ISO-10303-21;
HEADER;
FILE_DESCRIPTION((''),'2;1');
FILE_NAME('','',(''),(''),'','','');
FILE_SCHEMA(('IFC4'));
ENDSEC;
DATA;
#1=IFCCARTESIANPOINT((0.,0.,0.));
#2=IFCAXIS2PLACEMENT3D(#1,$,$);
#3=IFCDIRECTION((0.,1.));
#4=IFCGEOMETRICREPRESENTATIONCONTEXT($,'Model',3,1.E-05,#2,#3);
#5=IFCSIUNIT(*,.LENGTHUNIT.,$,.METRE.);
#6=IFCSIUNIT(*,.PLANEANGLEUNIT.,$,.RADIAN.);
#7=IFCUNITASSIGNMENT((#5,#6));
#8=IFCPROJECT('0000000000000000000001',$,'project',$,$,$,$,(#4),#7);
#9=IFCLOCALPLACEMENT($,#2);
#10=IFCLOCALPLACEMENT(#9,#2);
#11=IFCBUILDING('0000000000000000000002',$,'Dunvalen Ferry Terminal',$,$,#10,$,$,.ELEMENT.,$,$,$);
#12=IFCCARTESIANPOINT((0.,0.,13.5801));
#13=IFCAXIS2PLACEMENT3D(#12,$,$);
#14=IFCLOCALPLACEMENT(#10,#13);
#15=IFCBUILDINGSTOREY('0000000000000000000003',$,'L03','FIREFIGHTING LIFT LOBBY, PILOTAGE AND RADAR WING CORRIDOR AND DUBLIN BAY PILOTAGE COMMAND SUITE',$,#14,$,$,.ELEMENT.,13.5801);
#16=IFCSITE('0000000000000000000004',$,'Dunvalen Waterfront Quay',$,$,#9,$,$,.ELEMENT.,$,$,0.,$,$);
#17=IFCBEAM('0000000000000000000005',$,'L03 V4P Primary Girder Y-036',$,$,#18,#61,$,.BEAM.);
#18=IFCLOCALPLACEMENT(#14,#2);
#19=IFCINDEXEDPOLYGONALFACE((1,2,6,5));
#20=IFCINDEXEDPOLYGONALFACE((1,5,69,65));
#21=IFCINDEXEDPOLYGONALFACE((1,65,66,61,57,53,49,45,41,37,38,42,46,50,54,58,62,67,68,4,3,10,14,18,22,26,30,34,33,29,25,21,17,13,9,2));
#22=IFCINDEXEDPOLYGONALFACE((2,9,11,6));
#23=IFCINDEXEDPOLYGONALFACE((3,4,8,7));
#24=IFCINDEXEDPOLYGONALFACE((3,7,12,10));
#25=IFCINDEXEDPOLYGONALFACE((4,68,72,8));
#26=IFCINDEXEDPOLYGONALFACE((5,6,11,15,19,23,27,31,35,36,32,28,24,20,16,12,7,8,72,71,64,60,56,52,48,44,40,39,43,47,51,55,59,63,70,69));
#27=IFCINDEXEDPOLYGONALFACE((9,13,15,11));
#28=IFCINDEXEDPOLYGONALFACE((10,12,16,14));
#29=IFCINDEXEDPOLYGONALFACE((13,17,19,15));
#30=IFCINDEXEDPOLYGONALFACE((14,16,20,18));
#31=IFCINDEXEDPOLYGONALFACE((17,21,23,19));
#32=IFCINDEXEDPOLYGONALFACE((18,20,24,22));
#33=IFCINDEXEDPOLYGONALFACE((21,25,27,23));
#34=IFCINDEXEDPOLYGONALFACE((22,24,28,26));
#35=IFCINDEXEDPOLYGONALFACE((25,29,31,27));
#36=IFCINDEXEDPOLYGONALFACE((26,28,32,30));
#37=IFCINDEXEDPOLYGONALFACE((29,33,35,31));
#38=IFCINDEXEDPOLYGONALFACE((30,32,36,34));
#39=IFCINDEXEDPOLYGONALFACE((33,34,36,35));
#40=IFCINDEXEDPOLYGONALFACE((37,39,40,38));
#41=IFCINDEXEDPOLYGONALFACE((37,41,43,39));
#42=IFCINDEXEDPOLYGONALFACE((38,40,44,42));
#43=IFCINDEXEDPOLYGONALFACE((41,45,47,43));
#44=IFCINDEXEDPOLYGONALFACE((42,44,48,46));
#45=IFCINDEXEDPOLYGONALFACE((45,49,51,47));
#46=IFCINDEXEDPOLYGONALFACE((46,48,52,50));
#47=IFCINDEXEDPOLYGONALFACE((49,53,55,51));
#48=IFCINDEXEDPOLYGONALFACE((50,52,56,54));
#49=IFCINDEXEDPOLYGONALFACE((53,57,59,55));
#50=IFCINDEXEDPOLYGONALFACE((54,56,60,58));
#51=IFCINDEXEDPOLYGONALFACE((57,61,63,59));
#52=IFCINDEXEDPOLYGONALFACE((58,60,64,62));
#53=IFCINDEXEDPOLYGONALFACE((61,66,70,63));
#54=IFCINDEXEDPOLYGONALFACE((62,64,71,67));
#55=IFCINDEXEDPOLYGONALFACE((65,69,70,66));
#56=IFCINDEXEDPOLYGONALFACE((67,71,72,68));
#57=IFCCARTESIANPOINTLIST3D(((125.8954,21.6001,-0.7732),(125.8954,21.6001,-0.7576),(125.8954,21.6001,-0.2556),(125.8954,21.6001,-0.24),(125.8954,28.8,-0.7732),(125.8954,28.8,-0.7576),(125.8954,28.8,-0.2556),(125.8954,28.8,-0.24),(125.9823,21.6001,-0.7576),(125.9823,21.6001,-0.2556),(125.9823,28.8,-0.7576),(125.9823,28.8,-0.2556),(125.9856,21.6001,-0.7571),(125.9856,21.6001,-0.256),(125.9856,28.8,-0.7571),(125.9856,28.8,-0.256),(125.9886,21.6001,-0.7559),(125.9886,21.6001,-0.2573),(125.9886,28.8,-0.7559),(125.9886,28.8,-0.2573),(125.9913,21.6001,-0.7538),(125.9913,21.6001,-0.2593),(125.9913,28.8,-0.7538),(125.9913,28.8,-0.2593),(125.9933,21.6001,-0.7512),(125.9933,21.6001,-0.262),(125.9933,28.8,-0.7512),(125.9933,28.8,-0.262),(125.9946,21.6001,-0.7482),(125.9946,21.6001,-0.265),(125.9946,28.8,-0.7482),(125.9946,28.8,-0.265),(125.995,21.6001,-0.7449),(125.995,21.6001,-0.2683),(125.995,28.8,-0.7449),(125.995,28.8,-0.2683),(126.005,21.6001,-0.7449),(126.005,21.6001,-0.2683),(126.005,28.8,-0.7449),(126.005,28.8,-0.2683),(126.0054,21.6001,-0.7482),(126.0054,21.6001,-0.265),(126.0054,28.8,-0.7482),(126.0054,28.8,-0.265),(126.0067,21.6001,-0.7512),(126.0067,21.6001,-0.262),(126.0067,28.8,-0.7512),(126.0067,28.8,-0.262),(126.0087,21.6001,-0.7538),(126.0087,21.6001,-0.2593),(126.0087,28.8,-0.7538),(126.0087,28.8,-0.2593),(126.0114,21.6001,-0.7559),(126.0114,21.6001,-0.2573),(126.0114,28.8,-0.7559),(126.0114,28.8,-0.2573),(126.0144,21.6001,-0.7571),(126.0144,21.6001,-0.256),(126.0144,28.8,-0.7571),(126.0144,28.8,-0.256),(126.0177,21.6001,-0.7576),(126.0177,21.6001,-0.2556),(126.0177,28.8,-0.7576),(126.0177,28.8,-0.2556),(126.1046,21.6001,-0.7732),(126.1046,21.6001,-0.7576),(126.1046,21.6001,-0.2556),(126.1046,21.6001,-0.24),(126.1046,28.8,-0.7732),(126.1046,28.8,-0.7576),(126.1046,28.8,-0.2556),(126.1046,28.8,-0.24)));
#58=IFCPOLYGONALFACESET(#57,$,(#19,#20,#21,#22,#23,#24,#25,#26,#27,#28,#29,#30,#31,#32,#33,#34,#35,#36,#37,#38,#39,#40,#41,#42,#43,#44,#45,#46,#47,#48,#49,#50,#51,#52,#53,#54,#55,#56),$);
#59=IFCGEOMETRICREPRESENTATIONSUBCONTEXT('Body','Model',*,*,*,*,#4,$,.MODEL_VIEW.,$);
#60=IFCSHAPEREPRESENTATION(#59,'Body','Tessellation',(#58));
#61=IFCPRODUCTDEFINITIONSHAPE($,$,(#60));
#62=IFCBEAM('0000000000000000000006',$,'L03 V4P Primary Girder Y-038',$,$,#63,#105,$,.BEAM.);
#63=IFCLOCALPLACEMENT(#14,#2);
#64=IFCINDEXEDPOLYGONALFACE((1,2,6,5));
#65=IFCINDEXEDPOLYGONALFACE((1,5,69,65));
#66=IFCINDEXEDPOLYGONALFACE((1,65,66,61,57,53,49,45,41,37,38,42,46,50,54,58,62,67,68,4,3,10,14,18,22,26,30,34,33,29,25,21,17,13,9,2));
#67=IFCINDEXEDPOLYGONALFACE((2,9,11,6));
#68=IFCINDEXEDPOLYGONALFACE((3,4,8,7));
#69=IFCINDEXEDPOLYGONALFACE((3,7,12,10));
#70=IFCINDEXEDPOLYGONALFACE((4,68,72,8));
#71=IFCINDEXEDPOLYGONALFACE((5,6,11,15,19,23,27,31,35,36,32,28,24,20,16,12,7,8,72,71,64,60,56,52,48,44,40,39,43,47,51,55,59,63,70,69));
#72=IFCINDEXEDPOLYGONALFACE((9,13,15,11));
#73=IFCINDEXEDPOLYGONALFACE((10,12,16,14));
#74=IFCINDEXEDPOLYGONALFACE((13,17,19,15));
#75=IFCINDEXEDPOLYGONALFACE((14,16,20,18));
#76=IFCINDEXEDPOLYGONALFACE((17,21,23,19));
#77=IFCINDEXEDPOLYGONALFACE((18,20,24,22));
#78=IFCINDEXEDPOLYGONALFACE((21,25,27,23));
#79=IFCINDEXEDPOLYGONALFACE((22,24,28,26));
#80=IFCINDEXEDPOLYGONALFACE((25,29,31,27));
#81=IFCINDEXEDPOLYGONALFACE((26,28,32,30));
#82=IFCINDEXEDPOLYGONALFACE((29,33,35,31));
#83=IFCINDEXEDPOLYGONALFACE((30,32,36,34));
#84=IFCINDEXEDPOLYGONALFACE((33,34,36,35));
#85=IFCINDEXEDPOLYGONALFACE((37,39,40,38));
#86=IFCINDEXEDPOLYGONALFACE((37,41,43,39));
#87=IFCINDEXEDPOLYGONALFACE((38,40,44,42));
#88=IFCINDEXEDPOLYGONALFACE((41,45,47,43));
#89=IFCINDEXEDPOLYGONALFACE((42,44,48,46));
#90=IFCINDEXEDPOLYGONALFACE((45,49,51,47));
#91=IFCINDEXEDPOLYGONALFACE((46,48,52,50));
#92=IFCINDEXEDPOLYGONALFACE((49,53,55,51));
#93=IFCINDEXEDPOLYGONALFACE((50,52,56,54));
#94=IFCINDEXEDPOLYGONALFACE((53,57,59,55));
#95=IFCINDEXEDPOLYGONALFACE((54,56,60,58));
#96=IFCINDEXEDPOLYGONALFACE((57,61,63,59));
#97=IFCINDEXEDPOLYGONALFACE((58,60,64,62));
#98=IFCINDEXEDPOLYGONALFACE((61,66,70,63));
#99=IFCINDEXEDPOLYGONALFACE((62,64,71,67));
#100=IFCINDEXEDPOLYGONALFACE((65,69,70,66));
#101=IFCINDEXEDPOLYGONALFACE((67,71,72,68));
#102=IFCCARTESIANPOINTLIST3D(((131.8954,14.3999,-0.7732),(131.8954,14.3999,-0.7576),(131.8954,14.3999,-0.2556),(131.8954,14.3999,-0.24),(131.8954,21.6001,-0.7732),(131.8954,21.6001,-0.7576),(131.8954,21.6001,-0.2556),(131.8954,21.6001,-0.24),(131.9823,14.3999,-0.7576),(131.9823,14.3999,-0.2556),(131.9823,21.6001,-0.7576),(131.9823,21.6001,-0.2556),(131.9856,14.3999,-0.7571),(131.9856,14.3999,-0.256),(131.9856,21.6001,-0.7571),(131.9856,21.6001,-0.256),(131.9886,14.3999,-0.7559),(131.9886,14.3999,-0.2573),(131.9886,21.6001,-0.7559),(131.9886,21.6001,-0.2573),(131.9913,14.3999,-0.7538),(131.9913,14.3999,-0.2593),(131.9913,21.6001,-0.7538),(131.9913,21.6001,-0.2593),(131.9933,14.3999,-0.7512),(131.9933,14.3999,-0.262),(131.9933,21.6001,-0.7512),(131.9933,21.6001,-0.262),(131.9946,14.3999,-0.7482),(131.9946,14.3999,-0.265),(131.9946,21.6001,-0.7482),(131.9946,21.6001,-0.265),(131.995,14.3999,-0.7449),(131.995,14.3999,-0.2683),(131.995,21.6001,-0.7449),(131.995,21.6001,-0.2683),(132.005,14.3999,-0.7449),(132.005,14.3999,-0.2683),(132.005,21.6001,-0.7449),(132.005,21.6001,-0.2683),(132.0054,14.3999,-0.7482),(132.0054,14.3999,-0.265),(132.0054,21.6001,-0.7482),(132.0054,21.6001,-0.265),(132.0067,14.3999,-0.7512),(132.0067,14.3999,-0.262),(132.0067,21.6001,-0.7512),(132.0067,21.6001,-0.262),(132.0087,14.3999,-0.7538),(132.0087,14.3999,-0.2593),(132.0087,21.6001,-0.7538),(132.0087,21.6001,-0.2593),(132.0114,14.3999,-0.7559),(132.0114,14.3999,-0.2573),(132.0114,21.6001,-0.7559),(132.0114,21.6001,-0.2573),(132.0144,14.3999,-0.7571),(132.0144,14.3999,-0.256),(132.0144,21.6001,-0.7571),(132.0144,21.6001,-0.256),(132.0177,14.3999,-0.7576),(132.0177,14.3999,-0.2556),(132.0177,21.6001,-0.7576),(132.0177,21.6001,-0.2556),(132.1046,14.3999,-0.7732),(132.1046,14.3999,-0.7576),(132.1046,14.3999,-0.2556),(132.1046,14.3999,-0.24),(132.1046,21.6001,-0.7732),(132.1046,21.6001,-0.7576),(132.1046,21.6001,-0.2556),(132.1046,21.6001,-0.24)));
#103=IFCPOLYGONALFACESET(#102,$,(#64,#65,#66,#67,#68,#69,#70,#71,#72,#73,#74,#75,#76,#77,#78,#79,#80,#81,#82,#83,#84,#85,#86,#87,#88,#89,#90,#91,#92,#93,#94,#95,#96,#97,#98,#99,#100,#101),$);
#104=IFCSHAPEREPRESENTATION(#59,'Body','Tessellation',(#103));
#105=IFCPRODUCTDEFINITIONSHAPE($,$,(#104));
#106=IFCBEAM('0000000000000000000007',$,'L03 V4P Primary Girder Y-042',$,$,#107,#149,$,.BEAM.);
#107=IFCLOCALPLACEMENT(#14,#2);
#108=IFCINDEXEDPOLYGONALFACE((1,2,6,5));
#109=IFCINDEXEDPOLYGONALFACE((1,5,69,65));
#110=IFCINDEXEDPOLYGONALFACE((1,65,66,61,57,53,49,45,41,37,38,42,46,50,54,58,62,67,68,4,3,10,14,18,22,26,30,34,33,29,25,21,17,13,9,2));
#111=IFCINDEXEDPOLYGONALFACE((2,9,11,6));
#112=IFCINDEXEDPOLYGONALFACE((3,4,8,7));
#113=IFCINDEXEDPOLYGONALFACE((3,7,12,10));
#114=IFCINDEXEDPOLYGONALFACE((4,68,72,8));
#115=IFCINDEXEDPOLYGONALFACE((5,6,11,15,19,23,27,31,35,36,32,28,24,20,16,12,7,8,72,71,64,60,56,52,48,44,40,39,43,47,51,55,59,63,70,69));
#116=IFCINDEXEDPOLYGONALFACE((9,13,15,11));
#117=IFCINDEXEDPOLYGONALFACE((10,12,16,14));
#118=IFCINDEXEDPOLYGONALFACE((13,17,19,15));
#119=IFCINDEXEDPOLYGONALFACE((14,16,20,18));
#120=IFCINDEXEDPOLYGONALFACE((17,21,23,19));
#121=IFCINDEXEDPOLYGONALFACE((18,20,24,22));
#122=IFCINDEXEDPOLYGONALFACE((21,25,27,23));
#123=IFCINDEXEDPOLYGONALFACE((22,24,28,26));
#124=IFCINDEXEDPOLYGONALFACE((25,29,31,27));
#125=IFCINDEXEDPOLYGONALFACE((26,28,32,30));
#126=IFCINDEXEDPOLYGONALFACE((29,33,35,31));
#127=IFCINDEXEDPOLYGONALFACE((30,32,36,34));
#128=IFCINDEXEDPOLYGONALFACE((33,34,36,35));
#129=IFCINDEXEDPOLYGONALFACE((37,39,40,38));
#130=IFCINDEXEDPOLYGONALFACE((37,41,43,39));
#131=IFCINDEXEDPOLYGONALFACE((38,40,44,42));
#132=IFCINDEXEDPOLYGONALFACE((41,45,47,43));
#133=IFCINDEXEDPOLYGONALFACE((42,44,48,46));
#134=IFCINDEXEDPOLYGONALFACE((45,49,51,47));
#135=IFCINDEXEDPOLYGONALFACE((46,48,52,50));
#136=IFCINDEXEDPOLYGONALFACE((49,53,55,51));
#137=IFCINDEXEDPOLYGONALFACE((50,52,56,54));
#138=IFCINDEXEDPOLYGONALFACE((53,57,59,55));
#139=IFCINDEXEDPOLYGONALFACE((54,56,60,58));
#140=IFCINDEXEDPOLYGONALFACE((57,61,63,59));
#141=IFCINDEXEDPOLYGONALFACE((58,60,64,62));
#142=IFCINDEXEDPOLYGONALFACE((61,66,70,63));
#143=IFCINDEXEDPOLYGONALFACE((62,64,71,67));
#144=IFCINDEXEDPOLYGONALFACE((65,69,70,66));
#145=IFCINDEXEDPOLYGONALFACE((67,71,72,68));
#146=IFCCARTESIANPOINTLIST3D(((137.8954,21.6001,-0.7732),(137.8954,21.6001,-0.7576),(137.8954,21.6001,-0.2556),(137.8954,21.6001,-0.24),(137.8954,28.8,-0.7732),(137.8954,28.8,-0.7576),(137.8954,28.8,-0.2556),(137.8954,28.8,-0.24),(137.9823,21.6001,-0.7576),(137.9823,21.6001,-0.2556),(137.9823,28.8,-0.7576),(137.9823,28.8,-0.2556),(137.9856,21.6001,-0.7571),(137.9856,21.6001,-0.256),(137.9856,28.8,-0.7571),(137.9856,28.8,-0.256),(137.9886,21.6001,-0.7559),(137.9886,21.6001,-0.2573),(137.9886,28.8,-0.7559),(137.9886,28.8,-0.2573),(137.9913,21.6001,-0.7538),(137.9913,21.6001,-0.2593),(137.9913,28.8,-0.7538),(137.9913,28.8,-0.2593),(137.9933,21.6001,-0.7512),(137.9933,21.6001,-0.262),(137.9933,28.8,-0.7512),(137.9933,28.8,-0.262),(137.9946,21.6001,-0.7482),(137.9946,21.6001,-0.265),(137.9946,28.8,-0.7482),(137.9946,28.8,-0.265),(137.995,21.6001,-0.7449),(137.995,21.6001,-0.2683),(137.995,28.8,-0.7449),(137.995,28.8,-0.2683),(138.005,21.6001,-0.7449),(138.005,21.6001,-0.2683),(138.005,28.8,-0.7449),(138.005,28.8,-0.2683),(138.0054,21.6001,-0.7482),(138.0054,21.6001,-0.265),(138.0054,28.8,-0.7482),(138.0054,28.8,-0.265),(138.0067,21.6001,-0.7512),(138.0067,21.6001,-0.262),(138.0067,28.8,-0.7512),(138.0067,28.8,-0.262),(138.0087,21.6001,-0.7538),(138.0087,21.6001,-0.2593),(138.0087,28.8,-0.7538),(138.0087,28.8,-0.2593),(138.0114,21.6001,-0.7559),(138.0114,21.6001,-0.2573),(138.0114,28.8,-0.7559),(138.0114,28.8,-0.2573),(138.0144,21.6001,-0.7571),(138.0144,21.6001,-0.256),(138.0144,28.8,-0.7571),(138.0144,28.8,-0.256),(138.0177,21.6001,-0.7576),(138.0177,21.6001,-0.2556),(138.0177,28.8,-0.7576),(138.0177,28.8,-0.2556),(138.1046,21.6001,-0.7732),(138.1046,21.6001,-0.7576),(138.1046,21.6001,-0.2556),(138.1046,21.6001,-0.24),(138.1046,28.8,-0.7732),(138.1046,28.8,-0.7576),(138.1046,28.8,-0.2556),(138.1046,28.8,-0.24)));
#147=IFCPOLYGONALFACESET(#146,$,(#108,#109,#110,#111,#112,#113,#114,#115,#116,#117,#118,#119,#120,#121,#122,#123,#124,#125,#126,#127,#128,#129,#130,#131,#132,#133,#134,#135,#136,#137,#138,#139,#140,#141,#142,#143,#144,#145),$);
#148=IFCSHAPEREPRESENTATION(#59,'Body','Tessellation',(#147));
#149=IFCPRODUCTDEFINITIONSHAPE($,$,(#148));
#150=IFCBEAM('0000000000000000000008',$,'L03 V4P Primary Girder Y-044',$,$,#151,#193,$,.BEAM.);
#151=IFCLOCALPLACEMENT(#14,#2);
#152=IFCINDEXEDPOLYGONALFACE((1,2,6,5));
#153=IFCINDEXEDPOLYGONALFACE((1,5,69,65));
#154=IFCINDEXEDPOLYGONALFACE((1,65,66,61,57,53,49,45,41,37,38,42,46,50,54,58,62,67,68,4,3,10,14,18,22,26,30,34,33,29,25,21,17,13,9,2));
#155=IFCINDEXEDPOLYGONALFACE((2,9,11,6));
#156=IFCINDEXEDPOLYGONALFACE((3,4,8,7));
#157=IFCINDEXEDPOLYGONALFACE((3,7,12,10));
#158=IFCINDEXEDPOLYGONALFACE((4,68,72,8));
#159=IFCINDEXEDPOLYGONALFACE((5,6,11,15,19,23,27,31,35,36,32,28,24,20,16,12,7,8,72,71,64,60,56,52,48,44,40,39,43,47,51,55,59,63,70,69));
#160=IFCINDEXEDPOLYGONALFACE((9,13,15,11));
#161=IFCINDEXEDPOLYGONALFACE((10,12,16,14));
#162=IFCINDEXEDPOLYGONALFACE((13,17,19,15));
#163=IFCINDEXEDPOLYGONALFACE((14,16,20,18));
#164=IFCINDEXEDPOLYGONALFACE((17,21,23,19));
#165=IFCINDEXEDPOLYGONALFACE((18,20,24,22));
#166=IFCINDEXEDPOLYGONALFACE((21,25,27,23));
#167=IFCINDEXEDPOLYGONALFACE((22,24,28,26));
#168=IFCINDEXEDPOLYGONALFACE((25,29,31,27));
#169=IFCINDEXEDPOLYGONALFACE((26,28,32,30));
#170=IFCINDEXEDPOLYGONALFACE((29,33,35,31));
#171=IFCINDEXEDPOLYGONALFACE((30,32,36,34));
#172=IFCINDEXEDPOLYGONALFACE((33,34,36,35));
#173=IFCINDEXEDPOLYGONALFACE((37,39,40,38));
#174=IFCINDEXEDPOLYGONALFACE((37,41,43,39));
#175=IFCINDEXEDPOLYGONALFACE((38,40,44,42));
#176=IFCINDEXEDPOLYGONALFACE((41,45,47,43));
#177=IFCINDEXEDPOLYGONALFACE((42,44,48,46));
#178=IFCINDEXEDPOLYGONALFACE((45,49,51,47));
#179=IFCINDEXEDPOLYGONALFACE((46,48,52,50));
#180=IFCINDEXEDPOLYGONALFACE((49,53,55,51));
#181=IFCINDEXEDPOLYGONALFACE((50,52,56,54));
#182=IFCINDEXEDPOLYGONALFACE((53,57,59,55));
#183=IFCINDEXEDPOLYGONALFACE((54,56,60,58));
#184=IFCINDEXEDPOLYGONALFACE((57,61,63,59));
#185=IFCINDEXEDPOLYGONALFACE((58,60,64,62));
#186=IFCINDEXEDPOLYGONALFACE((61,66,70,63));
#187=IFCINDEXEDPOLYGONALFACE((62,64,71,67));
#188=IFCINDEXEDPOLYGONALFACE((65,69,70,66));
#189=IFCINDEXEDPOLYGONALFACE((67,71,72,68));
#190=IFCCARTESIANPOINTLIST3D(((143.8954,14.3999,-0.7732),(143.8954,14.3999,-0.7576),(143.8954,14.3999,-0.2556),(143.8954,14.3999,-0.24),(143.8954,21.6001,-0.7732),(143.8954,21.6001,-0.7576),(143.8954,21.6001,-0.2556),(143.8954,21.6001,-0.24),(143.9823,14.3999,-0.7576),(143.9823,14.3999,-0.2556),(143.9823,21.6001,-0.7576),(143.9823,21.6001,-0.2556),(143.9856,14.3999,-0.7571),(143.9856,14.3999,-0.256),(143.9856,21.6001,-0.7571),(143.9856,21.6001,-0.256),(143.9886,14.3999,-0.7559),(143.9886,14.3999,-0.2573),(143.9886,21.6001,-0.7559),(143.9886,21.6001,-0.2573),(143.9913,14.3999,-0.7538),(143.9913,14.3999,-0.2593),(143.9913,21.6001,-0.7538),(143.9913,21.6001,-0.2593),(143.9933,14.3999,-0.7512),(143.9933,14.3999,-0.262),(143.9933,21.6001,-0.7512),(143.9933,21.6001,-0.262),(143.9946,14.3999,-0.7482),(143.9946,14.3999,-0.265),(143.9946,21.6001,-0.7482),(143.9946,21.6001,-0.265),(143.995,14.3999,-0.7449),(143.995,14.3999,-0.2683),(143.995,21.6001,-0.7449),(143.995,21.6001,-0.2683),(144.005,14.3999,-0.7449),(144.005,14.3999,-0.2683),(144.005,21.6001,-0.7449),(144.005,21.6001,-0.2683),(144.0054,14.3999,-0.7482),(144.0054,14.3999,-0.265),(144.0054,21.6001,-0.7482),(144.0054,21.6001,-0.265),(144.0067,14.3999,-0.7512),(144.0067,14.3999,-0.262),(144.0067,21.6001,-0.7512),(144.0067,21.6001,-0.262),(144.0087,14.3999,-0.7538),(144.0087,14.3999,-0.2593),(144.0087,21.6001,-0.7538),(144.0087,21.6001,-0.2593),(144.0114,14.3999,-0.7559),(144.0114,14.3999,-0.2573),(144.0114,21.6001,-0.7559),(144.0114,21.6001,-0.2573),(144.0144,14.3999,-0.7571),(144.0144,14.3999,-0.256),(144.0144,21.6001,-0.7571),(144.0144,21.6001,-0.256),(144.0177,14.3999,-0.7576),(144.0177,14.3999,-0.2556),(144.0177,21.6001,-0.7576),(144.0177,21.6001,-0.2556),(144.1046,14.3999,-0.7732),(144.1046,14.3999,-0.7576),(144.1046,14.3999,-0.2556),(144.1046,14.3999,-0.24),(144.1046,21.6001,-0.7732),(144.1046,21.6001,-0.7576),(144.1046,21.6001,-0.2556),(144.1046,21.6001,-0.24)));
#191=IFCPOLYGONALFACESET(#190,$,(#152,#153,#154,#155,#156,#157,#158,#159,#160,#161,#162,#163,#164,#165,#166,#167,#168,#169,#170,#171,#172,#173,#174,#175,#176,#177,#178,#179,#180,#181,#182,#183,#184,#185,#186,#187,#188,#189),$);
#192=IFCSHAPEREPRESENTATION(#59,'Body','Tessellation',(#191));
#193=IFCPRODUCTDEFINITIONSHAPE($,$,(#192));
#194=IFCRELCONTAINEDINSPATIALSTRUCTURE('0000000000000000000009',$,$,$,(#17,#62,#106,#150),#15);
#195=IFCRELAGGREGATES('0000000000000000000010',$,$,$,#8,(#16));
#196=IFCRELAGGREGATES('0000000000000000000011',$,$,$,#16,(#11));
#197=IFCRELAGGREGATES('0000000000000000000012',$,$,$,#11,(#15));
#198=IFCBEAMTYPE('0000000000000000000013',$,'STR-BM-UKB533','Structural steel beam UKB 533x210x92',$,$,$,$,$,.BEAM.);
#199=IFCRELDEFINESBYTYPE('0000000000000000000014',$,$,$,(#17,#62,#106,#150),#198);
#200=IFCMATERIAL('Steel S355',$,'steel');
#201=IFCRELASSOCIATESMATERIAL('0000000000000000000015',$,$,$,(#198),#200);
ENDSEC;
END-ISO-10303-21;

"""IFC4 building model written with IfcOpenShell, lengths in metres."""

from ifc_helpers import new_model, si_unit, direction, frame, origin, origin_2d, place, context, subcontext, project, spatial, i_section, extrude, material, material_profile, profile_set, type_object, element, save


model = new_model("IFC4")

# Units and contexts
model_context = context("Model", 3, precision=1e-05, world=origin(), true_north=direction((0.0, 1.0)))
body_context = subcontext(model_context, "Body", "Model", "MODEL_VIEW")
ifc_project = project(units=[si_unit("LENGTHUNIT", "METRE"), si_unit("PLANEANGLEUNIT", "RADIAN")], contexts=[model_context])

# Site, building, storey
site_placement = place(None, origin())
site = spatial("IfcSite", under=ifc_project, at=site_placement, Name="Dunvalen Waterfront Quay", CompositionType="ELEMENT", RefElevation=0.0)
building_placement = place(site_placement, origin())
building = spatial("IfcBuilding", under=site, at=building_placement, Name="Dunvalen Ferry Terminal", CompositionType="ELEMENT")
storey_placement = place(building_placement, frame((0.0, 0.0, 13.5801)))
storey = spatial("IfcBuildingStorey", under=building, at=storey_placement, Name="L03", Description="FIREFIGHTING LIFT LOBBY, PILOTAGE AND RADAR WING CORRIDOR AND DUBLIN BAY PILOTAGE COMMAND SUITE", CompositionType="ELEMENT", Elevation=13.5801)

# Beams
ifc_material_1 = material(Name="Steel S355", Category="steel")
ifc_material_profile_1 = material_profile(ifc_material_1, i_section(OverallWidth=0.2092, OverallDepth=0.5332, WebThickness=0.01, FlangeThickness=0.0156, FilletRadius=0.0127, at=origin_2d()), Name="Steel S355")
ifc_profile_set_1 = profile_set([ifc_material_profile_1], Name="Steel S355")
beam_type_1 = type_object("IfcBeamType", Name="STR-BM-UKB533", Description="Structural steel beam UKB 533x210x92", PredefinedType="BEAM", material=ifc_profile_set_1)
beam_1_placement = place(storey_placement, frame((126.0, 21.6001, -0.5066), z_axis=(0.0, 1.0, 0.0), x_axis=(-1.0, 0.0, 0.0)))
element("IfcBeam", 1, at=beam_1_placement, inside=storey, type_object=beam_type_1, Name="L03 V4P Primary Girder Y-036", PredefinedType="BEAM", context=body_context, shape_type="SweptSolid", body=[
    extrude(i_section(OverallWidth=0.2092, OverallDepth=0.5332, WebThickness=0.01, FlangeThickness=0.0156, FilletRadius=0.0127, at=origin_2d()), origin(), (0.0, 0.0, 1.0), 7.2),
])
beam_2_placement = place(storey_placement, frame((132.0, 14.3999, -0.5066), z_axis=(0.0, 1.0, 0.0), x_axis=(-1.0, 0.0, 0.0)))
element("IfcBeam", 2, at=beam_2_placement, inside=storey, type_object=beam_type_1, Name="L03 V4P Primary Girder Y-038", PredefinedType="BEAM", context=body_context, shape_type="SweptSolid", body=[
    extrude(i_section(OverallWidth=0.2092, OverallDepth=0.5332, WebThickness=0.01, FlangeThickness=0.0156, FilletRadius=0.0127, at=origin_2d()), origin(), (0.0, 0.0, 1.0), 7.2002),
])
beam_3_placement = place(storey_placement, frame((138.0, 21.6001, -0.5066), z_axis=(0.0, 1.0, 0.0), x_axis=(-1.0, 0.0, 0.0)))
element("IfcBeam", 3, at=beam_3_placement, inside=storey, type_object=beam_type_1, Name="L03 V4P Primary Girder Y-042", PredefinedType="BEAM", context=body_context, shape_type="SweptSolid", body=[
    extrude(i_section(OverallWidth=0.2092, OverallDepth=0.5332, WebThickness=0.01, FlangeThickness=0.0156, FilletRadius=0.0127, at=origin_2d()), origin(), (0.0, 0.0, 1.0), 7.2),
])
beam_4_placement = place(storey_placement, frame((144.0, 14.3999, -0.5066), z_axis=(0.0, 1.0, 0.0), x_axis=(-1.0, 0.0, 0.0)))
element("IfcBeam", 4, at=beam_4_placement, inside=storey, type_object=beam_type_1, Name="L03 V4P Primary Girder Y-044", PredefinedType="BEAM", context=body_context, shape_type="SweptSolid", body=[
    extrude(i_section(OverallWidth=0.2092, OverallDepth=0.5332, WebThickness=0.01, FlangeThickness=0.0156, FilletRadius=0.0127, at=origin_2d()), origin(), (0.0, 0.0, 1.0), 7.2002),
])

save(model, "model.ifc")
